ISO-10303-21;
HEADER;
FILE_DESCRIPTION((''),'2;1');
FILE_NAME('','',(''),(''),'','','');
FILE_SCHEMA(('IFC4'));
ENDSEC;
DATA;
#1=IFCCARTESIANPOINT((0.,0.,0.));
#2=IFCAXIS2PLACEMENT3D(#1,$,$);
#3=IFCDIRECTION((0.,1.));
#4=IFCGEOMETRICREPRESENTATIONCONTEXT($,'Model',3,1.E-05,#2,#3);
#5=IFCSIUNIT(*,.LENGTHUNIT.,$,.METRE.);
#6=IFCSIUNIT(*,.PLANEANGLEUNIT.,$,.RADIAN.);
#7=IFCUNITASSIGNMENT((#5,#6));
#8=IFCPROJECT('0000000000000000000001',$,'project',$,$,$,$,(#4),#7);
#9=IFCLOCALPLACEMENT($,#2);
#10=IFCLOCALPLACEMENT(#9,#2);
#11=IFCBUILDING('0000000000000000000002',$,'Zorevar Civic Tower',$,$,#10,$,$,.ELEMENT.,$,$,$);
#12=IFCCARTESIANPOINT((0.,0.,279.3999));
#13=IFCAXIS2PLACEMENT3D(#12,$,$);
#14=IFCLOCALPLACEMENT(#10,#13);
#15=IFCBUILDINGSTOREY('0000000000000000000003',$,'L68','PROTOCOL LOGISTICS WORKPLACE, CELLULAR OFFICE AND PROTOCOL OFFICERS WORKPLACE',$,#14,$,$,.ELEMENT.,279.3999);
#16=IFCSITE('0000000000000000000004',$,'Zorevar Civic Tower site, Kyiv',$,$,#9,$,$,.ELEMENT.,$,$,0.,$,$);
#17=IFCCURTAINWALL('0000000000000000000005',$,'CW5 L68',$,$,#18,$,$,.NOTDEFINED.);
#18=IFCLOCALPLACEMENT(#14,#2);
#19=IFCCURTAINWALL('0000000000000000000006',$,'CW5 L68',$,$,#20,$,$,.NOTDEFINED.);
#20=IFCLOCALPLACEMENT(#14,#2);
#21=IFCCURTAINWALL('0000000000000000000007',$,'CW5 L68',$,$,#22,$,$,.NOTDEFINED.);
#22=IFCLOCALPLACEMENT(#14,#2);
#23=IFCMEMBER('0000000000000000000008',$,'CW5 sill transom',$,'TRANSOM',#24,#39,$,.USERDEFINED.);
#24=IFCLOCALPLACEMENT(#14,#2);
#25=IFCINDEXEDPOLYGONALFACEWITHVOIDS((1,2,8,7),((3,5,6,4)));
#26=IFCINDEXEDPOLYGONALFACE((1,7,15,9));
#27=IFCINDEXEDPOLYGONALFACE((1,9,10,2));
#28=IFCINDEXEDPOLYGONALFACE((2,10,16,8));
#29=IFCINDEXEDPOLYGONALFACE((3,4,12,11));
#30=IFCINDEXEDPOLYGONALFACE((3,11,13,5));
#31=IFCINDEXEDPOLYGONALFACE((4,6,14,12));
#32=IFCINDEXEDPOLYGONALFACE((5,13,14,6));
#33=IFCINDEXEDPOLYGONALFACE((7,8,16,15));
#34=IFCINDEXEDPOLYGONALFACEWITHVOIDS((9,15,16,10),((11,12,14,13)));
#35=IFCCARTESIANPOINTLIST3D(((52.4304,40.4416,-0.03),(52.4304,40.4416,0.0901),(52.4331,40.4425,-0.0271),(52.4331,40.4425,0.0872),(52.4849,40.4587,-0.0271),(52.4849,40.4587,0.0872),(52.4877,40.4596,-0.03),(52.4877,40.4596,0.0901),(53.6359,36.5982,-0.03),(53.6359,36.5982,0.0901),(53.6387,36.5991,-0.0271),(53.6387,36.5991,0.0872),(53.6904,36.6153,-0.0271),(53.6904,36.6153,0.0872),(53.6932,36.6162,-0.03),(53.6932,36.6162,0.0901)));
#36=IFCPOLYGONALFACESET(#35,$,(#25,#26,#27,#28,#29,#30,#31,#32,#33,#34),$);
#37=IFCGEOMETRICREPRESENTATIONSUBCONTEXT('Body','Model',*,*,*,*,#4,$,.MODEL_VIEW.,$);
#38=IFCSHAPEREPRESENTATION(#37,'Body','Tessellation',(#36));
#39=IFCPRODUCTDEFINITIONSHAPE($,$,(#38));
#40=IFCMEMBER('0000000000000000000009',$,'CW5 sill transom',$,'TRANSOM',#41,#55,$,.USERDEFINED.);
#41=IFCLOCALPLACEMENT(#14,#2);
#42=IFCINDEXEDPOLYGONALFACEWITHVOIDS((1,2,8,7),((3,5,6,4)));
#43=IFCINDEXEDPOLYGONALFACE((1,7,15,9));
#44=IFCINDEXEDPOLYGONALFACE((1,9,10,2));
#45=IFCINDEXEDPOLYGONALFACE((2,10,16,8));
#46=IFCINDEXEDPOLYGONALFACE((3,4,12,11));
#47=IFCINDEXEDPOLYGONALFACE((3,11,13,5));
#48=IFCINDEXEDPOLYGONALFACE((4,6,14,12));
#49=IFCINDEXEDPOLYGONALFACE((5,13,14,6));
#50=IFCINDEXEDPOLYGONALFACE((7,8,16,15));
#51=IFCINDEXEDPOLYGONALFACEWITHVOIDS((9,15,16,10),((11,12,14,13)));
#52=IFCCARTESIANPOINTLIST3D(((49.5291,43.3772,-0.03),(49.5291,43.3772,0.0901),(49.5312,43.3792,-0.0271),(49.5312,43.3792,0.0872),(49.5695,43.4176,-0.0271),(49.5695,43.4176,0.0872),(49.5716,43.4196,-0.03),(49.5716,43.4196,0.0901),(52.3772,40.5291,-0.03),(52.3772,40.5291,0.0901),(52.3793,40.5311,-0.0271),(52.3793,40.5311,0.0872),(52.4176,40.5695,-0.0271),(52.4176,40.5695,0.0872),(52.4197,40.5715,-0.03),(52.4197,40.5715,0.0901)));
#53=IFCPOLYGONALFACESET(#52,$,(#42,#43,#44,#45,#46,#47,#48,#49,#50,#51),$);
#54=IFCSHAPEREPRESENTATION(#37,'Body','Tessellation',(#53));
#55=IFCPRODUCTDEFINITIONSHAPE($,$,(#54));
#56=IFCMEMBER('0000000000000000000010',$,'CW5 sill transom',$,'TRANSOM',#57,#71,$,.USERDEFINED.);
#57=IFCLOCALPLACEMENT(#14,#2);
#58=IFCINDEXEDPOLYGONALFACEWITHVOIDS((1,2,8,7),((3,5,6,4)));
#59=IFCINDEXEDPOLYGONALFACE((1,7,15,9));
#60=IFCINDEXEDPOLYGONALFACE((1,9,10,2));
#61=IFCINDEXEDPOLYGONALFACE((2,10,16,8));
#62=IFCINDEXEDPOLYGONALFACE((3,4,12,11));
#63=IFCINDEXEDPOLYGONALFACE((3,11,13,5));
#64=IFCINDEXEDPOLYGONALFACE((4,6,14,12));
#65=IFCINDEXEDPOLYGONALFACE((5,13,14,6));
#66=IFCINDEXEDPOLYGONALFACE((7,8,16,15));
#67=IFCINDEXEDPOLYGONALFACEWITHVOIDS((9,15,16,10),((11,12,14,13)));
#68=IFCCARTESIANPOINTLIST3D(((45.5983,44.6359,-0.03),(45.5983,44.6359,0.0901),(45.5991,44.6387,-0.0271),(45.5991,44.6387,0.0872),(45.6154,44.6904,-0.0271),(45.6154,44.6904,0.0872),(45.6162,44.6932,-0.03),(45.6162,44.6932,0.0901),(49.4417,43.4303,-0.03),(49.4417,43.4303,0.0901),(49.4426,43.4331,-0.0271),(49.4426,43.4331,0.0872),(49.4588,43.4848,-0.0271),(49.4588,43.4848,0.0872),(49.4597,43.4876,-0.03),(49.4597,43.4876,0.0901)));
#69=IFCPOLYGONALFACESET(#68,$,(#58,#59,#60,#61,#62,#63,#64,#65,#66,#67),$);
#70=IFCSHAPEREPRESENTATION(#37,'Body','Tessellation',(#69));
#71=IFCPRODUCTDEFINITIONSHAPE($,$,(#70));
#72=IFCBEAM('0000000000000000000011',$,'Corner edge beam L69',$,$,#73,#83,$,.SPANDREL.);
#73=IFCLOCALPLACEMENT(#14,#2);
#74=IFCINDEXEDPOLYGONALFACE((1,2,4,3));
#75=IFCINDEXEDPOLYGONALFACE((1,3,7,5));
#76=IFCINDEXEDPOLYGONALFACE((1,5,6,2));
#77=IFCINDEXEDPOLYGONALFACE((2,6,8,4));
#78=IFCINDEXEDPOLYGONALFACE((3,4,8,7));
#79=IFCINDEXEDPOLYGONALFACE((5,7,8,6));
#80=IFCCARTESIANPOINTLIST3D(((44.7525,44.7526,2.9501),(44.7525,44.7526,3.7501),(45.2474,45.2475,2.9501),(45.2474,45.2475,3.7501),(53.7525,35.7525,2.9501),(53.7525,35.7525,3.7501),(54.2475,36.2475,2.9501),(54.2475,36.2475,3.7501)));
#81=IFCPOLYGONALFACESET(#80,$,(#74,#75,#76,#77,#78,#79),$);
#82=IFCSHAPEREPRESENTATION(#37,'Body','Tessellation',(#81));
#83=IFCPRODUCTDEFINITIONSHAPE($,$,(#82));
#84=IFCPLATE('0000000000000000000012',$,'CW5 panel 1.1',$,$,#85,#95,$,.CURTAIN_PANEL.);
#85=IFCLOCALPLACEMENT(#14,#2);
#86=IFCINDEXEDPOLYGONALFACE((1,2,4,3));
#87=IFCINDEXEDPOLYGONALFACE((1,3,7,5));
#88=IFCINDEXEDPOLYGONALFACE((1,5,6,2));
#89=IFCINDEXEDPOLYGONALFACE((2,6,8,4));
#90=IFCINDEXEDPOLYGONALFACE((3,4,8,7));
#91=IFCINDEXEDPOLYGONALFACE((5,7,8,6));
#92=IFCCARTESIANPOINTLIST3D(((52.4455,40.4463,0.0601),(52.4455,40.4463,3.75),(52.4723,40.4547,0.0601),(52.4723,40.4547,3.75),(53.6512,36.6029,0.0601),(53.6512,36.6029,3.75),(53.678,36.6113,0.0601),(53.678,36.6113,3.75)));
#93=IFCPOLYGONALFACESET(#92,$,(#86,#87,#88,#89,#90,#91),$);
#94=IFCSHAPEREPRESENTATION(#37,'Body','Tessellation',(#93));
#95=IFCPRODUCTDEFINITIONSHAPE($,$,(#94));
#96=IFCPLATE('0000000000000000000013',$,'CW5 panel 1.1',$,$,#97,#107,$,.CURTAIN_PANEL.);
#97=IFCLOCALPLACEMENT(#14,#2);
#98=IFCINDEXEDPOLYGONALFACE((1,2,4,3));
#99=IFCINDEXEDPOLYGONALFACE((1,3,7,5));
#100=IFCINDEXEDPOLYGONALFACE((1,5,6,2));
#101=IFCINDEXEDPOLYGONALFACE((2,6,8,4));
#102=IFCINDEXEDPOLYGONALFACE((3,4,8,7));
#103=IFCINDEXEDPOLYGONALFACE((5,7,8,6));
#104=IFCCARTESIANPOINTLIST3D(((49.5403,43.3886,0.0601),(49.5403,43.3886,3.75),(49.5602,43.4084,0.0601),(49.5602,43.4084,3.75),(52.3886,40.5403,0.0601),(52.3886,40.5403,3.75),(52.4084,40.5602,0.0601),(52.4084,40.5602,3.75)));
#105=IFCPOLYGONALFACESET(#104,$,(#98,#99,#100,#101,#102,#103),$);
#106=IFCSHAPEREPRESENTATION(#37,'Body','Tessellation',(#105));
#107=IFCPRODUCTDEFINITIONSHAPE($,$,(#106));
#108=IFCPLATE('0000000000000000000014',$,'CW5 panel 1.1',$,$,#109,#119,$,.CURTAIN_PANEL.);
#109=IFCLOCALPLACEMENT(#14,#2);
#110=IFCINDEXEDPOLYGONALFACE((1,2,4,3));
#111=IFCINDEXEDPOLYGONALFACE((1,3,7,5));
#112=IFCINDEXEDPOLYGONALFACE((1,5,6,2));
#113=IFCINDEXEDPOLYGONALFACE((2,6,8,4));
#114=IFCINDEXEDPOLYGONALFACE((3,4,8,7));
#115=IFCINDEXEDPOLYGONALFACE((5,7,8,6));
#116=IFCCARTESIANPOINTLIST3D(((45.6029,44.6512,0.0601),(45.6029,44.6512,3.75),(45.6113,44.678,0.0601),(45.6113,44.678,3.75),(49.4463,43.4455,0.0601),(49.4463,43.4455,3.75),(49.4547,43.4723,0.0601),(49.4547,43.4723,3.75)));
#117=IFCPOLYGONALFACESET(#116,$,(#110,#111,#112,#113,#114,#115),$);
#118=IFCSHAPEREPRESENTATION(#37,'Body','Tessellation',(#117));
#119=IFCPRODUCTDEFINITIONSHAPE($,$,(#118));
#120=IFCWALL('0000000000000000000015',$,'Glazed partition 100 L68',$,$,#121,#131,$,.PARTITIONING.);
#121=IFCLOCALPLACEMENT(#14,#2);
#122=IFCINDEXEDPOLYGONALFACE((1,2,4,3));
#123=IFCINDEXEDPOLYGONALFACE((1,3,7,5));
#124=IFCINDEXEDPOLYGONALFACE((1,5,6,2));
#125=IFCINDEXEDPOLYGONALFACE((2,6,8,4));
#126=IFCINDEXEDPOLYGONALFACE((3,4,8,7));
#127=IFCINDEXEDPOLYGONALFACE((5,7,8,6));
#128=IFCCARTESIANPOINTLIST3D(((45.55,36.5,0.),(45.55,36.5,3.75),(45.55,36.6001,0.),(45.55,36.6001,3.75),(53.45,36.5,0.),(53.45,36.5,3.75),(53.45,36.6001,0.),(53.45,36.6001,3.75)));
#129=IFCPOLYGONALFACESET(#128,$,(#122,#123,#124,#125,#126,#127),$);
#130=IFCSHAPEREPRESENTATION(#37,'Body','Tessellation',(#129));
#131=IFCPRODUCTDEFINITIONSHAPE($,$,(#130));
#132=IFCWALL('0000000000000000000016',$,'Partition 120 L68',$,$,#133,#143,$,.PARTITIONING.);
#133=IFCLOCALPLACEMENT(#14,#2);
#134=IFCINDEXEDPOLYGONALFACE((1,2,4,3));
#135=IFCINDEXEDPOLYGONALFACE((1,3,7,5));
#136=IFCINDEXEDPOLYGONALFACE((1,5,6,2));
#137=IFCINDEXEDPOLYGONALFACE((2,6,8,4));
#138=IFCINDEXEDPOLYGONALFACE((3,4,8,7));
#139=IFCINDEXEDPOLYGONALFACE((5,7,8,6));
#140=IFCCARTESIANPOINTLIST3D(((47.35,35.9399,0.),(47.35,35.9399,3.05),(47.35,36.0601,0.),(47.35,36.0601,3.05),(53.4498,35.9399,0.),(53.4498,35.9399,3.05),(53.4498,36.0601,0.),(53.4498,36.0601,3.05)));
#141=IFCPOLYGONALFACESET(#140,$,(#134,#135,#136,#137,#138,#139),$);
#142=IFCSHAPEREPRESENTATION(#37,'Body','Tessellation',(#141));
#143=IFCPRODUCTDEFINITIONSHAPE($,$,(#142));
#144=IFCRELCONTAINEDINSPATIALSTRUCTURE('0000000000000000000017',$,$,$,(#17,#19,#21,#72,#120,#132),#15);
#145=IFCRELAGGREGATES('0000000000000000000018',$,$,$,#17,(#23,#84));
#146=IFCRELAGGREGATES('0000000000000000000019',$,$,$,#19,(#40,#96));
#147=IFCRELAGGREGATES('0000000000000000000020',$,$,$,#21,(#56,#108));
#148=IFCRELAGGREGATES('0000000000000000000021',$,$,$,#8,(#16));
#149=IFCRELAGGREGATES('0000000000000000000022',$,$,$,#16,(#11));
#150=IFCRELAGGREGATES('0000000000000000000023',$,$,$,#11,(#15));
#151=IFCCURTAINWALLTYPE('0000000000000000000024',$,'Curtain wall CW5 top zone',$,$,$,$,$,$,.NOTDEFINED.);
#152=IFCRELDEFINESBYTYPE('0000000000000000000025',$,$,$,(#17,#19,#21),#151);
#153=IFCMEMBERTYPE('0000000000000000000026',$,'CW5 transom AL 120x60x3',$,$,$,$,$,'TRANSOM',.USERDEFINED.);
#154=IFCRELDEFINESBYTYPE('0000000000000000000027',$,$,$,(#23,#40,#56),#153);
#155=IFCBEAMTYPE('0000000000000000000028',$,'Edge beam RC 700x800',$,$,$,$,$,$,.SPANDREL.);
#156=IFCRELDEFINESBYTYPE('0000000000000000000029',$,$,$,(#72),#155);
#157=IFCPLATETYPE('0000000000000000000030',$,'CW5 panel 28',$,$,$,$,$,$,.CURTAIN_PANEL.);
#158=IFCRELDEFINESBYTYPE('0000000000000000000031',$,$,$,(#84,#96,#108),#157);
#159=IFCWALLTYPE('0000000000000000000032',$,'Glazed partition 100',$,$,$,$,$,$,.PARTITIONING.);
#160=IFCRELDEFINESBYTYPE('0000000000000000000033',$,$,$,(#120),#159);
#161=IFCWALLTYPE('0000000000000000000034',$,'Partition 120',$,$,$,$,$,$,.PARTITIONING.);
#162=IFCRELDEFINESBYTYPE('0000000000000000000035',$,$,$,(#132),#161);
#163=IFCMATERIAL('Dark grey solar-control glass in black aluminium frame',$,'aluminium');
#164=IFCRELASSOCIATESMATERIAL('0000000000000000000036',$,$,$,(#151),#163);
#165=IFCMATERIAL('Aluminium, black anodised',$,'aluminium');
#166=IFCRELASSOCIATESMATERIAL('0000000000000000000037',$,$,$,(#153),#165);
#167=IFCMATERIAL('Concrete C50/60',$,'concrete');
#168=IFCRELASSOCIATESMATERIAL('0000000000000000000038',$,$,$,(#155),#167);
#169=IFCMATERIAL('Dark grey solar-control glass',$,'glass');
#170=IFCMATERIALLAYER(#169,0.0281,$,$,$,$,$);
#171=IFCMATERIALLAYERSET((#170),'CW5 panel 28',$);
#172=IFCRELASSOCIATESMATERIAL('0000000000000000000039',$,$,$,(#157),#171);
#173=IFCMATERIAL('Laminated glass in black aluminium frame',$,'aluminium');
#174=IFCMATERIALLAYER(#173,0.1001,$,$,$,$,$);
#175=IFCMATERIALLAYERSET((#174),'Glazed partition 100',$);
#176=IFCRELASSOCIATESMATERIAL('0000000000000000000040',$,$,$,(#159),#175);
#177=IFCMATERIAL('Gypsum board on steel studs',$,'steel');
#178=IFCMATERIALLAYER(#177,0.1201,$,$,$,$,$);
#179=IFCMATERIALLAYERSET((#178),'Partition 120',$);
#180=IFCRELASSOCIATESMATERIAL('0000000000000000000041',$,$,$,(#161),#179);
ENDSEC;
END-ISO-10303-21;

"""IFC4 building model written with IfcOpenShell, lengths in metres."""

from ifc_helpers import new_model, si_unit, direction, frame, frame_2d, origin, origin_2d, place, context, subcontext, project, spatial, rectangle, hollow_rectangle, extrude, material, layer, layer_set, material_profile, profile_set, type_object, element, aggregate, save


model = new_model("IFC4")

# Units and contexts
model_context = context("Model", 3, precision=1e-05, world=origin(), true_north=direction((0.0, 1.0)))
body_context = subcontext(model_context, "Body", "Model", "MODEL_VIEW")
ifc_project = project(units=[si_unit("LENGTHUNIT", "METRE"), si_unit("PLANEANGLEUNIT", "RADIAN")], contexts=[model_context])

# Site, building, storey
site_placement = place(None, origin())
site = spatial("IfcSite", under=ifc_project, at=site_placement, Name="Zorevar Civic Tower site, Kyiv", CompositionType="ELEMENT", RefElevation=0.0)
building_placement = place(site_placement, origin())
building = spatial("IfcBuilding", under=site, at=building_placement, Name="Zorevar Civic Tower", CompositionType="ELEMENT")
storey_placement = place(building_placement, frame((0.0, 0.0, 279.3999)))
storey = spatial("IfcBuildingStorey", under=building, at=storey_placement, Name="L68", Description="PROTOCOL LOGISTICS WORKPLACE, CELLULAR OFFICE AND PROTOCOL OFFICERS WORKPLACE", CompositionType="ELEMENT", Elevation=279.3999)

# Shared definitions
ifc_material_1 = material(Name="Dark grey solar-control glass in black aluminium frame", Category="aluminium")
curtain_wall_type = type_object("IfcCurtainWallType", Name="Curtain wall CW5 top zone", PredefinedType="NOTDEFINED", material=ifc_material_1)

# Curtain walls
curtain_wall_1_placement = place(storey_placement, origin())
curtain_wall_1 = element("IfcCurtainWall", 1, at=curtain_wall_1_placement, inside=storey, type_object=curtain_wall_type, Name="CW5 L68", PredefinedType="NOTDEFINED")
curtain_wall_2_placement = place(storey_placement, origin())
curtain_wall_2 = element("IfcCurtainWall", 2, at=curtain_wall_2_placement, inside=storey, type_object=curtain_wall_type, Name="CW5 L68", PredefinedType="NOTDEFINED")
curtain_wall_3_placement = place(storey_placement, origin())
curtain_wall_3 = element("IfcCurtainWall", 3, at=curtain_wall_3_placement, inside=storey, type_object=curtain_wall_type, Name="CW5 L68", PredefinedType="NOTDEFINED")

# Members
ifc_material_2 = material(Name="Aluminium, black anodised", Category="aluminium")
ifc_material_profile_1 = material_profile(ifc_material_2, hollow_rectangle(XDim=0.0601, YDim=0.1201, WallThickness=0.0029, at=origin_2d()), Name="AL 120x60x3")
ifc_profile_set_1 = profile_set([ifc_material_profile_1], Name="Aluminium, black anodised")
member_type_1 = type_object("IfcMemberType", Name="CW5 transom AL 120x60x3", ElementType="TRANSOM", PredefinedType="USERDEFINED", material=ifc_profile_set_1)
member_1_placement = place(storey_placement, frame((53.6646, 36.6072, 0.03), z_axis=(-0.299286, 0.954163, 0.0), x_axis=(-0.954163, -0.299286, 0.0)))
member_1 = element("IfcMember", 4, at=member_1_placement, type_object=member_type_1, Name="CW5 sill transom", ObjectType="TRANSOM", PredefinedType="USERDEFINED", context=body_context, shape_type="SweptSolid", body=[
    extrude(hollow_rectangle(XDim=0.0601, YDim=0.1201, WallThickness=0.0029, at=origin_2d()), origin(), (0.0, 0.0, 1.0), 4.0281),
])
member_2_placement = place(storey_placement, frame((52.3984, 40.5503, 0.03), z_axis=(-0.707107, 0.707107, 0.0), x_axis=(-0.707107, -0.707107, 0.0)))
member_2 = element("IfcMember", 5, at=member_2_placement, type_object=member_type_1, Name="CW5 sill transom", ObjectType="TRANSOM", PredefinedType="USERDEFINED", context=body_context, shape_type="SweptSolid", body=[
    extrude(hollow_rectangle(XDim=0.0601, YDim=0.1201, WallThickness=0.0029, at=origin_2d()), origin(), (0.0, 0.0, 1.0), 4.0278),
])
member_3_placement = place(storey_placement, frame((49.4507, 43.459, 0.03), z_axis=(-0.954163, 0.299286, 0.0), x_axis=(-0.299286, -0.954163, 0.0)))
member_3 = element("IfcMember", 6, at=member_3_placement, type_object=member_type_1, Name="CW5 sill transom", ObjectType="TRANSOM", PredefinedType="USERDEFINED", context=body_context, shape_type="SweptSolid", body=[
    extrude(hollow_rectangle(XDim=0.0601, YDim=0.1201, WallThickness=0.0029, at=origin_2d()), origin(), (0.0, 0.0, 1.0), 4.0281),
])

# Beam
ifc_material_3 = material(Name="Concrete C50/60", Category="concrete")
ifc_material_profile_2 = material_profile(ifc_material_3, rectangle(XDim=0.7, YDim=0.8, at=origin_2d()), Name="RC 700x800")
ifc_profile_set_2 = profile_set([ifc_material_profile_2], Name="Concrete C50/60")
beam_type_1 = type_object("IfcBeamType", Name="Edge beam RC 700x800", PredefinedType="SPANDREL", material=ifc_profile_set_2)
beam_1_placement = place(storey_placement, frame((54.0, 36.0, 3.3501), z_axis=(-0.707107, 0.707107, 0.0), x_axis=(-0.707107, -0.707107, 0.0)))
element("IfcBeam", 7, at=beam_1_placement, inside=storey, type_object=beam_type_1, Name="Corner edge beam L69", PredefinedType="SPANDREL", context=body_context, shape_type="SweptSolid", body=[
    extrude(rectangle(XDim=0.7, YDim=0.8, at=origin_2d()), origin(), (0.0, 0.0, 1.0), 12.728),
])

# Plates
ifc_material_4 = material(Name="Dark grey solar-control glass", Category="glass")
ifc_layer_1 = layer(ifc_material_4, 0.0281)
ifc_layer_set_1 = layer_set([ifc_layer_1], Name="CW5 panel 28")
plate_type = type_object("IfcPlateType", Name="CW5 panel 28", PredefinedType="CURTAIN_PANEL", material=ifc_layer_set_1)
plate_1_placement = place(storey_placement, frame((53.0618, 38.5288, 0.0601), z_axis=(0.0, 0.0, 1.0), x_axis=(-0.299318, 0.954153, 0.0)))
plate_1 = element("IfcPlate", 8, at=plate_1_placement, type_object=plate_type, Name="CW5 panel 1.1", PredefinedType="CURTAIN_PANEL", context=body_context, shape_type="SweptSolid", body=[
    extrude(rectangle(XDim=4.0281, YDim=0.0281, at=origin_2d()), origin(), (0.0, 0.0, 1.0), 3.6899),
])
aggregate(curtain_wall_1, [member_1, plate_1])
plate_2_placement = place(storey_placement, frame((50.9744, 41.9744, 0.0601), z_axis=(0.0, 0.0, 1.0), x_axis=(-0.707107, 0.707107, 0.0)))
plate_2 = element("IfcPlate", 9, at=plate_2_placement, type_object=plate_type, Name="CW5 panel 1.1", PredefinedType="CURTAIN_PANEL", context=body_context, shape_type="SweptSolid", body=[
    extrude(rectangle(XDim=4.0281, YDim=0.0281, at=origin_2d()), origin(), (0.0, 0.0, 1.0), 3.6899),
])
aggregate(curtain_wall_2, [member_2, plate_2])
plate_3_placement = place(storey_placement, frame((47.5288, 44.0618, 0.0601), z_axis=(0.0, 0.0, 1.0), x_axis=(-0.954153, 0.299318, 0.0)))
plate_3 = element("IfcPlate", 10, at=plate_3_placement, type_object=plate_type, Name="CW5 panel 1.1", PredefinedType="CURTAIN_PANEL", context=body_context, shape_type="SweptSolid", body=[
    extrude(rectangle(XDim=4.0281, YDim=0.0281, at=origin_2d()), origin(), (0.0, 0.0, 1.0), 3.6899),
])
aggregate(curtain_wall_3, [member_3, plate_3])

# Walls
ifc_material_5 = material(Name="Laminated glass in black aluminium frame", Category="aluminium")
ifc_layer_2 = layer(ifc_material_5, 0.1001)
ifc_layer_set_2 = layer_set([ifc_layer_2], Name="Glazed partition 100")
wall_type_1 = type_object("IfcWallType", Name="Glazed partition 100", PredefinedType="PARTITIONING", material=ifc_layer_set_2)
wall_1_placement = place(storey_placement, frame((45.55, 36.55, 0.0), z_axis=(0.0, 0.0, 1.0), x_axis=(1.0, 0.0, 0.0)))
element("IfcWall", 11, at=wall_1_placement, inside=storey, type_object=wall_type_1, Name="Glazed partition 100 L68", PredefinedType="PARTITIONING", context=body_context, shape_type="SweptSolid", body=[
    extrude(rectangle(XDim=7.8999, YDim=0.1001, at=frame_2d((3.95, 0.0))), origin(), (0.0, 0.0, 1.0), 3.75),
])
ifc_material_6 = material(Name="Gypsum board on steel studs", Category="steel")
ifc_layer_3 = layer(ifc_material_6, 0.1201)
ifc_layer_set_3 = layer_set([ifc_layer_3], Name="Partition 120")
wall_type_2 = type_object("IfcWallType", Name="Partition 120", PredefinedType="PARTITIONING", material=ifc_layer_set_3)
wall_2_placement = place(storey_placement, frame((47.3501, 36.0, 0.0), z_axis=(0.0, 0.0, 1.0), x_axis=(1.0, 0.0, 0.0)))
element("IfcWall", 12, at=wall_2_placement, inside=storey, type_object=wall_type_2, Name="Partition 120 L68", PredefinedType="PARTITIONING", context=body_context, shape_type="SweptSolid", body=[
    extrude(rectangle(XDim=6.0999, YDim=0.1201, at=frame_2d((3.0498, 0.0))), origin(), (0.0, 0.0, 1.0), 3.05),
])

save(model, "model.ifc")
